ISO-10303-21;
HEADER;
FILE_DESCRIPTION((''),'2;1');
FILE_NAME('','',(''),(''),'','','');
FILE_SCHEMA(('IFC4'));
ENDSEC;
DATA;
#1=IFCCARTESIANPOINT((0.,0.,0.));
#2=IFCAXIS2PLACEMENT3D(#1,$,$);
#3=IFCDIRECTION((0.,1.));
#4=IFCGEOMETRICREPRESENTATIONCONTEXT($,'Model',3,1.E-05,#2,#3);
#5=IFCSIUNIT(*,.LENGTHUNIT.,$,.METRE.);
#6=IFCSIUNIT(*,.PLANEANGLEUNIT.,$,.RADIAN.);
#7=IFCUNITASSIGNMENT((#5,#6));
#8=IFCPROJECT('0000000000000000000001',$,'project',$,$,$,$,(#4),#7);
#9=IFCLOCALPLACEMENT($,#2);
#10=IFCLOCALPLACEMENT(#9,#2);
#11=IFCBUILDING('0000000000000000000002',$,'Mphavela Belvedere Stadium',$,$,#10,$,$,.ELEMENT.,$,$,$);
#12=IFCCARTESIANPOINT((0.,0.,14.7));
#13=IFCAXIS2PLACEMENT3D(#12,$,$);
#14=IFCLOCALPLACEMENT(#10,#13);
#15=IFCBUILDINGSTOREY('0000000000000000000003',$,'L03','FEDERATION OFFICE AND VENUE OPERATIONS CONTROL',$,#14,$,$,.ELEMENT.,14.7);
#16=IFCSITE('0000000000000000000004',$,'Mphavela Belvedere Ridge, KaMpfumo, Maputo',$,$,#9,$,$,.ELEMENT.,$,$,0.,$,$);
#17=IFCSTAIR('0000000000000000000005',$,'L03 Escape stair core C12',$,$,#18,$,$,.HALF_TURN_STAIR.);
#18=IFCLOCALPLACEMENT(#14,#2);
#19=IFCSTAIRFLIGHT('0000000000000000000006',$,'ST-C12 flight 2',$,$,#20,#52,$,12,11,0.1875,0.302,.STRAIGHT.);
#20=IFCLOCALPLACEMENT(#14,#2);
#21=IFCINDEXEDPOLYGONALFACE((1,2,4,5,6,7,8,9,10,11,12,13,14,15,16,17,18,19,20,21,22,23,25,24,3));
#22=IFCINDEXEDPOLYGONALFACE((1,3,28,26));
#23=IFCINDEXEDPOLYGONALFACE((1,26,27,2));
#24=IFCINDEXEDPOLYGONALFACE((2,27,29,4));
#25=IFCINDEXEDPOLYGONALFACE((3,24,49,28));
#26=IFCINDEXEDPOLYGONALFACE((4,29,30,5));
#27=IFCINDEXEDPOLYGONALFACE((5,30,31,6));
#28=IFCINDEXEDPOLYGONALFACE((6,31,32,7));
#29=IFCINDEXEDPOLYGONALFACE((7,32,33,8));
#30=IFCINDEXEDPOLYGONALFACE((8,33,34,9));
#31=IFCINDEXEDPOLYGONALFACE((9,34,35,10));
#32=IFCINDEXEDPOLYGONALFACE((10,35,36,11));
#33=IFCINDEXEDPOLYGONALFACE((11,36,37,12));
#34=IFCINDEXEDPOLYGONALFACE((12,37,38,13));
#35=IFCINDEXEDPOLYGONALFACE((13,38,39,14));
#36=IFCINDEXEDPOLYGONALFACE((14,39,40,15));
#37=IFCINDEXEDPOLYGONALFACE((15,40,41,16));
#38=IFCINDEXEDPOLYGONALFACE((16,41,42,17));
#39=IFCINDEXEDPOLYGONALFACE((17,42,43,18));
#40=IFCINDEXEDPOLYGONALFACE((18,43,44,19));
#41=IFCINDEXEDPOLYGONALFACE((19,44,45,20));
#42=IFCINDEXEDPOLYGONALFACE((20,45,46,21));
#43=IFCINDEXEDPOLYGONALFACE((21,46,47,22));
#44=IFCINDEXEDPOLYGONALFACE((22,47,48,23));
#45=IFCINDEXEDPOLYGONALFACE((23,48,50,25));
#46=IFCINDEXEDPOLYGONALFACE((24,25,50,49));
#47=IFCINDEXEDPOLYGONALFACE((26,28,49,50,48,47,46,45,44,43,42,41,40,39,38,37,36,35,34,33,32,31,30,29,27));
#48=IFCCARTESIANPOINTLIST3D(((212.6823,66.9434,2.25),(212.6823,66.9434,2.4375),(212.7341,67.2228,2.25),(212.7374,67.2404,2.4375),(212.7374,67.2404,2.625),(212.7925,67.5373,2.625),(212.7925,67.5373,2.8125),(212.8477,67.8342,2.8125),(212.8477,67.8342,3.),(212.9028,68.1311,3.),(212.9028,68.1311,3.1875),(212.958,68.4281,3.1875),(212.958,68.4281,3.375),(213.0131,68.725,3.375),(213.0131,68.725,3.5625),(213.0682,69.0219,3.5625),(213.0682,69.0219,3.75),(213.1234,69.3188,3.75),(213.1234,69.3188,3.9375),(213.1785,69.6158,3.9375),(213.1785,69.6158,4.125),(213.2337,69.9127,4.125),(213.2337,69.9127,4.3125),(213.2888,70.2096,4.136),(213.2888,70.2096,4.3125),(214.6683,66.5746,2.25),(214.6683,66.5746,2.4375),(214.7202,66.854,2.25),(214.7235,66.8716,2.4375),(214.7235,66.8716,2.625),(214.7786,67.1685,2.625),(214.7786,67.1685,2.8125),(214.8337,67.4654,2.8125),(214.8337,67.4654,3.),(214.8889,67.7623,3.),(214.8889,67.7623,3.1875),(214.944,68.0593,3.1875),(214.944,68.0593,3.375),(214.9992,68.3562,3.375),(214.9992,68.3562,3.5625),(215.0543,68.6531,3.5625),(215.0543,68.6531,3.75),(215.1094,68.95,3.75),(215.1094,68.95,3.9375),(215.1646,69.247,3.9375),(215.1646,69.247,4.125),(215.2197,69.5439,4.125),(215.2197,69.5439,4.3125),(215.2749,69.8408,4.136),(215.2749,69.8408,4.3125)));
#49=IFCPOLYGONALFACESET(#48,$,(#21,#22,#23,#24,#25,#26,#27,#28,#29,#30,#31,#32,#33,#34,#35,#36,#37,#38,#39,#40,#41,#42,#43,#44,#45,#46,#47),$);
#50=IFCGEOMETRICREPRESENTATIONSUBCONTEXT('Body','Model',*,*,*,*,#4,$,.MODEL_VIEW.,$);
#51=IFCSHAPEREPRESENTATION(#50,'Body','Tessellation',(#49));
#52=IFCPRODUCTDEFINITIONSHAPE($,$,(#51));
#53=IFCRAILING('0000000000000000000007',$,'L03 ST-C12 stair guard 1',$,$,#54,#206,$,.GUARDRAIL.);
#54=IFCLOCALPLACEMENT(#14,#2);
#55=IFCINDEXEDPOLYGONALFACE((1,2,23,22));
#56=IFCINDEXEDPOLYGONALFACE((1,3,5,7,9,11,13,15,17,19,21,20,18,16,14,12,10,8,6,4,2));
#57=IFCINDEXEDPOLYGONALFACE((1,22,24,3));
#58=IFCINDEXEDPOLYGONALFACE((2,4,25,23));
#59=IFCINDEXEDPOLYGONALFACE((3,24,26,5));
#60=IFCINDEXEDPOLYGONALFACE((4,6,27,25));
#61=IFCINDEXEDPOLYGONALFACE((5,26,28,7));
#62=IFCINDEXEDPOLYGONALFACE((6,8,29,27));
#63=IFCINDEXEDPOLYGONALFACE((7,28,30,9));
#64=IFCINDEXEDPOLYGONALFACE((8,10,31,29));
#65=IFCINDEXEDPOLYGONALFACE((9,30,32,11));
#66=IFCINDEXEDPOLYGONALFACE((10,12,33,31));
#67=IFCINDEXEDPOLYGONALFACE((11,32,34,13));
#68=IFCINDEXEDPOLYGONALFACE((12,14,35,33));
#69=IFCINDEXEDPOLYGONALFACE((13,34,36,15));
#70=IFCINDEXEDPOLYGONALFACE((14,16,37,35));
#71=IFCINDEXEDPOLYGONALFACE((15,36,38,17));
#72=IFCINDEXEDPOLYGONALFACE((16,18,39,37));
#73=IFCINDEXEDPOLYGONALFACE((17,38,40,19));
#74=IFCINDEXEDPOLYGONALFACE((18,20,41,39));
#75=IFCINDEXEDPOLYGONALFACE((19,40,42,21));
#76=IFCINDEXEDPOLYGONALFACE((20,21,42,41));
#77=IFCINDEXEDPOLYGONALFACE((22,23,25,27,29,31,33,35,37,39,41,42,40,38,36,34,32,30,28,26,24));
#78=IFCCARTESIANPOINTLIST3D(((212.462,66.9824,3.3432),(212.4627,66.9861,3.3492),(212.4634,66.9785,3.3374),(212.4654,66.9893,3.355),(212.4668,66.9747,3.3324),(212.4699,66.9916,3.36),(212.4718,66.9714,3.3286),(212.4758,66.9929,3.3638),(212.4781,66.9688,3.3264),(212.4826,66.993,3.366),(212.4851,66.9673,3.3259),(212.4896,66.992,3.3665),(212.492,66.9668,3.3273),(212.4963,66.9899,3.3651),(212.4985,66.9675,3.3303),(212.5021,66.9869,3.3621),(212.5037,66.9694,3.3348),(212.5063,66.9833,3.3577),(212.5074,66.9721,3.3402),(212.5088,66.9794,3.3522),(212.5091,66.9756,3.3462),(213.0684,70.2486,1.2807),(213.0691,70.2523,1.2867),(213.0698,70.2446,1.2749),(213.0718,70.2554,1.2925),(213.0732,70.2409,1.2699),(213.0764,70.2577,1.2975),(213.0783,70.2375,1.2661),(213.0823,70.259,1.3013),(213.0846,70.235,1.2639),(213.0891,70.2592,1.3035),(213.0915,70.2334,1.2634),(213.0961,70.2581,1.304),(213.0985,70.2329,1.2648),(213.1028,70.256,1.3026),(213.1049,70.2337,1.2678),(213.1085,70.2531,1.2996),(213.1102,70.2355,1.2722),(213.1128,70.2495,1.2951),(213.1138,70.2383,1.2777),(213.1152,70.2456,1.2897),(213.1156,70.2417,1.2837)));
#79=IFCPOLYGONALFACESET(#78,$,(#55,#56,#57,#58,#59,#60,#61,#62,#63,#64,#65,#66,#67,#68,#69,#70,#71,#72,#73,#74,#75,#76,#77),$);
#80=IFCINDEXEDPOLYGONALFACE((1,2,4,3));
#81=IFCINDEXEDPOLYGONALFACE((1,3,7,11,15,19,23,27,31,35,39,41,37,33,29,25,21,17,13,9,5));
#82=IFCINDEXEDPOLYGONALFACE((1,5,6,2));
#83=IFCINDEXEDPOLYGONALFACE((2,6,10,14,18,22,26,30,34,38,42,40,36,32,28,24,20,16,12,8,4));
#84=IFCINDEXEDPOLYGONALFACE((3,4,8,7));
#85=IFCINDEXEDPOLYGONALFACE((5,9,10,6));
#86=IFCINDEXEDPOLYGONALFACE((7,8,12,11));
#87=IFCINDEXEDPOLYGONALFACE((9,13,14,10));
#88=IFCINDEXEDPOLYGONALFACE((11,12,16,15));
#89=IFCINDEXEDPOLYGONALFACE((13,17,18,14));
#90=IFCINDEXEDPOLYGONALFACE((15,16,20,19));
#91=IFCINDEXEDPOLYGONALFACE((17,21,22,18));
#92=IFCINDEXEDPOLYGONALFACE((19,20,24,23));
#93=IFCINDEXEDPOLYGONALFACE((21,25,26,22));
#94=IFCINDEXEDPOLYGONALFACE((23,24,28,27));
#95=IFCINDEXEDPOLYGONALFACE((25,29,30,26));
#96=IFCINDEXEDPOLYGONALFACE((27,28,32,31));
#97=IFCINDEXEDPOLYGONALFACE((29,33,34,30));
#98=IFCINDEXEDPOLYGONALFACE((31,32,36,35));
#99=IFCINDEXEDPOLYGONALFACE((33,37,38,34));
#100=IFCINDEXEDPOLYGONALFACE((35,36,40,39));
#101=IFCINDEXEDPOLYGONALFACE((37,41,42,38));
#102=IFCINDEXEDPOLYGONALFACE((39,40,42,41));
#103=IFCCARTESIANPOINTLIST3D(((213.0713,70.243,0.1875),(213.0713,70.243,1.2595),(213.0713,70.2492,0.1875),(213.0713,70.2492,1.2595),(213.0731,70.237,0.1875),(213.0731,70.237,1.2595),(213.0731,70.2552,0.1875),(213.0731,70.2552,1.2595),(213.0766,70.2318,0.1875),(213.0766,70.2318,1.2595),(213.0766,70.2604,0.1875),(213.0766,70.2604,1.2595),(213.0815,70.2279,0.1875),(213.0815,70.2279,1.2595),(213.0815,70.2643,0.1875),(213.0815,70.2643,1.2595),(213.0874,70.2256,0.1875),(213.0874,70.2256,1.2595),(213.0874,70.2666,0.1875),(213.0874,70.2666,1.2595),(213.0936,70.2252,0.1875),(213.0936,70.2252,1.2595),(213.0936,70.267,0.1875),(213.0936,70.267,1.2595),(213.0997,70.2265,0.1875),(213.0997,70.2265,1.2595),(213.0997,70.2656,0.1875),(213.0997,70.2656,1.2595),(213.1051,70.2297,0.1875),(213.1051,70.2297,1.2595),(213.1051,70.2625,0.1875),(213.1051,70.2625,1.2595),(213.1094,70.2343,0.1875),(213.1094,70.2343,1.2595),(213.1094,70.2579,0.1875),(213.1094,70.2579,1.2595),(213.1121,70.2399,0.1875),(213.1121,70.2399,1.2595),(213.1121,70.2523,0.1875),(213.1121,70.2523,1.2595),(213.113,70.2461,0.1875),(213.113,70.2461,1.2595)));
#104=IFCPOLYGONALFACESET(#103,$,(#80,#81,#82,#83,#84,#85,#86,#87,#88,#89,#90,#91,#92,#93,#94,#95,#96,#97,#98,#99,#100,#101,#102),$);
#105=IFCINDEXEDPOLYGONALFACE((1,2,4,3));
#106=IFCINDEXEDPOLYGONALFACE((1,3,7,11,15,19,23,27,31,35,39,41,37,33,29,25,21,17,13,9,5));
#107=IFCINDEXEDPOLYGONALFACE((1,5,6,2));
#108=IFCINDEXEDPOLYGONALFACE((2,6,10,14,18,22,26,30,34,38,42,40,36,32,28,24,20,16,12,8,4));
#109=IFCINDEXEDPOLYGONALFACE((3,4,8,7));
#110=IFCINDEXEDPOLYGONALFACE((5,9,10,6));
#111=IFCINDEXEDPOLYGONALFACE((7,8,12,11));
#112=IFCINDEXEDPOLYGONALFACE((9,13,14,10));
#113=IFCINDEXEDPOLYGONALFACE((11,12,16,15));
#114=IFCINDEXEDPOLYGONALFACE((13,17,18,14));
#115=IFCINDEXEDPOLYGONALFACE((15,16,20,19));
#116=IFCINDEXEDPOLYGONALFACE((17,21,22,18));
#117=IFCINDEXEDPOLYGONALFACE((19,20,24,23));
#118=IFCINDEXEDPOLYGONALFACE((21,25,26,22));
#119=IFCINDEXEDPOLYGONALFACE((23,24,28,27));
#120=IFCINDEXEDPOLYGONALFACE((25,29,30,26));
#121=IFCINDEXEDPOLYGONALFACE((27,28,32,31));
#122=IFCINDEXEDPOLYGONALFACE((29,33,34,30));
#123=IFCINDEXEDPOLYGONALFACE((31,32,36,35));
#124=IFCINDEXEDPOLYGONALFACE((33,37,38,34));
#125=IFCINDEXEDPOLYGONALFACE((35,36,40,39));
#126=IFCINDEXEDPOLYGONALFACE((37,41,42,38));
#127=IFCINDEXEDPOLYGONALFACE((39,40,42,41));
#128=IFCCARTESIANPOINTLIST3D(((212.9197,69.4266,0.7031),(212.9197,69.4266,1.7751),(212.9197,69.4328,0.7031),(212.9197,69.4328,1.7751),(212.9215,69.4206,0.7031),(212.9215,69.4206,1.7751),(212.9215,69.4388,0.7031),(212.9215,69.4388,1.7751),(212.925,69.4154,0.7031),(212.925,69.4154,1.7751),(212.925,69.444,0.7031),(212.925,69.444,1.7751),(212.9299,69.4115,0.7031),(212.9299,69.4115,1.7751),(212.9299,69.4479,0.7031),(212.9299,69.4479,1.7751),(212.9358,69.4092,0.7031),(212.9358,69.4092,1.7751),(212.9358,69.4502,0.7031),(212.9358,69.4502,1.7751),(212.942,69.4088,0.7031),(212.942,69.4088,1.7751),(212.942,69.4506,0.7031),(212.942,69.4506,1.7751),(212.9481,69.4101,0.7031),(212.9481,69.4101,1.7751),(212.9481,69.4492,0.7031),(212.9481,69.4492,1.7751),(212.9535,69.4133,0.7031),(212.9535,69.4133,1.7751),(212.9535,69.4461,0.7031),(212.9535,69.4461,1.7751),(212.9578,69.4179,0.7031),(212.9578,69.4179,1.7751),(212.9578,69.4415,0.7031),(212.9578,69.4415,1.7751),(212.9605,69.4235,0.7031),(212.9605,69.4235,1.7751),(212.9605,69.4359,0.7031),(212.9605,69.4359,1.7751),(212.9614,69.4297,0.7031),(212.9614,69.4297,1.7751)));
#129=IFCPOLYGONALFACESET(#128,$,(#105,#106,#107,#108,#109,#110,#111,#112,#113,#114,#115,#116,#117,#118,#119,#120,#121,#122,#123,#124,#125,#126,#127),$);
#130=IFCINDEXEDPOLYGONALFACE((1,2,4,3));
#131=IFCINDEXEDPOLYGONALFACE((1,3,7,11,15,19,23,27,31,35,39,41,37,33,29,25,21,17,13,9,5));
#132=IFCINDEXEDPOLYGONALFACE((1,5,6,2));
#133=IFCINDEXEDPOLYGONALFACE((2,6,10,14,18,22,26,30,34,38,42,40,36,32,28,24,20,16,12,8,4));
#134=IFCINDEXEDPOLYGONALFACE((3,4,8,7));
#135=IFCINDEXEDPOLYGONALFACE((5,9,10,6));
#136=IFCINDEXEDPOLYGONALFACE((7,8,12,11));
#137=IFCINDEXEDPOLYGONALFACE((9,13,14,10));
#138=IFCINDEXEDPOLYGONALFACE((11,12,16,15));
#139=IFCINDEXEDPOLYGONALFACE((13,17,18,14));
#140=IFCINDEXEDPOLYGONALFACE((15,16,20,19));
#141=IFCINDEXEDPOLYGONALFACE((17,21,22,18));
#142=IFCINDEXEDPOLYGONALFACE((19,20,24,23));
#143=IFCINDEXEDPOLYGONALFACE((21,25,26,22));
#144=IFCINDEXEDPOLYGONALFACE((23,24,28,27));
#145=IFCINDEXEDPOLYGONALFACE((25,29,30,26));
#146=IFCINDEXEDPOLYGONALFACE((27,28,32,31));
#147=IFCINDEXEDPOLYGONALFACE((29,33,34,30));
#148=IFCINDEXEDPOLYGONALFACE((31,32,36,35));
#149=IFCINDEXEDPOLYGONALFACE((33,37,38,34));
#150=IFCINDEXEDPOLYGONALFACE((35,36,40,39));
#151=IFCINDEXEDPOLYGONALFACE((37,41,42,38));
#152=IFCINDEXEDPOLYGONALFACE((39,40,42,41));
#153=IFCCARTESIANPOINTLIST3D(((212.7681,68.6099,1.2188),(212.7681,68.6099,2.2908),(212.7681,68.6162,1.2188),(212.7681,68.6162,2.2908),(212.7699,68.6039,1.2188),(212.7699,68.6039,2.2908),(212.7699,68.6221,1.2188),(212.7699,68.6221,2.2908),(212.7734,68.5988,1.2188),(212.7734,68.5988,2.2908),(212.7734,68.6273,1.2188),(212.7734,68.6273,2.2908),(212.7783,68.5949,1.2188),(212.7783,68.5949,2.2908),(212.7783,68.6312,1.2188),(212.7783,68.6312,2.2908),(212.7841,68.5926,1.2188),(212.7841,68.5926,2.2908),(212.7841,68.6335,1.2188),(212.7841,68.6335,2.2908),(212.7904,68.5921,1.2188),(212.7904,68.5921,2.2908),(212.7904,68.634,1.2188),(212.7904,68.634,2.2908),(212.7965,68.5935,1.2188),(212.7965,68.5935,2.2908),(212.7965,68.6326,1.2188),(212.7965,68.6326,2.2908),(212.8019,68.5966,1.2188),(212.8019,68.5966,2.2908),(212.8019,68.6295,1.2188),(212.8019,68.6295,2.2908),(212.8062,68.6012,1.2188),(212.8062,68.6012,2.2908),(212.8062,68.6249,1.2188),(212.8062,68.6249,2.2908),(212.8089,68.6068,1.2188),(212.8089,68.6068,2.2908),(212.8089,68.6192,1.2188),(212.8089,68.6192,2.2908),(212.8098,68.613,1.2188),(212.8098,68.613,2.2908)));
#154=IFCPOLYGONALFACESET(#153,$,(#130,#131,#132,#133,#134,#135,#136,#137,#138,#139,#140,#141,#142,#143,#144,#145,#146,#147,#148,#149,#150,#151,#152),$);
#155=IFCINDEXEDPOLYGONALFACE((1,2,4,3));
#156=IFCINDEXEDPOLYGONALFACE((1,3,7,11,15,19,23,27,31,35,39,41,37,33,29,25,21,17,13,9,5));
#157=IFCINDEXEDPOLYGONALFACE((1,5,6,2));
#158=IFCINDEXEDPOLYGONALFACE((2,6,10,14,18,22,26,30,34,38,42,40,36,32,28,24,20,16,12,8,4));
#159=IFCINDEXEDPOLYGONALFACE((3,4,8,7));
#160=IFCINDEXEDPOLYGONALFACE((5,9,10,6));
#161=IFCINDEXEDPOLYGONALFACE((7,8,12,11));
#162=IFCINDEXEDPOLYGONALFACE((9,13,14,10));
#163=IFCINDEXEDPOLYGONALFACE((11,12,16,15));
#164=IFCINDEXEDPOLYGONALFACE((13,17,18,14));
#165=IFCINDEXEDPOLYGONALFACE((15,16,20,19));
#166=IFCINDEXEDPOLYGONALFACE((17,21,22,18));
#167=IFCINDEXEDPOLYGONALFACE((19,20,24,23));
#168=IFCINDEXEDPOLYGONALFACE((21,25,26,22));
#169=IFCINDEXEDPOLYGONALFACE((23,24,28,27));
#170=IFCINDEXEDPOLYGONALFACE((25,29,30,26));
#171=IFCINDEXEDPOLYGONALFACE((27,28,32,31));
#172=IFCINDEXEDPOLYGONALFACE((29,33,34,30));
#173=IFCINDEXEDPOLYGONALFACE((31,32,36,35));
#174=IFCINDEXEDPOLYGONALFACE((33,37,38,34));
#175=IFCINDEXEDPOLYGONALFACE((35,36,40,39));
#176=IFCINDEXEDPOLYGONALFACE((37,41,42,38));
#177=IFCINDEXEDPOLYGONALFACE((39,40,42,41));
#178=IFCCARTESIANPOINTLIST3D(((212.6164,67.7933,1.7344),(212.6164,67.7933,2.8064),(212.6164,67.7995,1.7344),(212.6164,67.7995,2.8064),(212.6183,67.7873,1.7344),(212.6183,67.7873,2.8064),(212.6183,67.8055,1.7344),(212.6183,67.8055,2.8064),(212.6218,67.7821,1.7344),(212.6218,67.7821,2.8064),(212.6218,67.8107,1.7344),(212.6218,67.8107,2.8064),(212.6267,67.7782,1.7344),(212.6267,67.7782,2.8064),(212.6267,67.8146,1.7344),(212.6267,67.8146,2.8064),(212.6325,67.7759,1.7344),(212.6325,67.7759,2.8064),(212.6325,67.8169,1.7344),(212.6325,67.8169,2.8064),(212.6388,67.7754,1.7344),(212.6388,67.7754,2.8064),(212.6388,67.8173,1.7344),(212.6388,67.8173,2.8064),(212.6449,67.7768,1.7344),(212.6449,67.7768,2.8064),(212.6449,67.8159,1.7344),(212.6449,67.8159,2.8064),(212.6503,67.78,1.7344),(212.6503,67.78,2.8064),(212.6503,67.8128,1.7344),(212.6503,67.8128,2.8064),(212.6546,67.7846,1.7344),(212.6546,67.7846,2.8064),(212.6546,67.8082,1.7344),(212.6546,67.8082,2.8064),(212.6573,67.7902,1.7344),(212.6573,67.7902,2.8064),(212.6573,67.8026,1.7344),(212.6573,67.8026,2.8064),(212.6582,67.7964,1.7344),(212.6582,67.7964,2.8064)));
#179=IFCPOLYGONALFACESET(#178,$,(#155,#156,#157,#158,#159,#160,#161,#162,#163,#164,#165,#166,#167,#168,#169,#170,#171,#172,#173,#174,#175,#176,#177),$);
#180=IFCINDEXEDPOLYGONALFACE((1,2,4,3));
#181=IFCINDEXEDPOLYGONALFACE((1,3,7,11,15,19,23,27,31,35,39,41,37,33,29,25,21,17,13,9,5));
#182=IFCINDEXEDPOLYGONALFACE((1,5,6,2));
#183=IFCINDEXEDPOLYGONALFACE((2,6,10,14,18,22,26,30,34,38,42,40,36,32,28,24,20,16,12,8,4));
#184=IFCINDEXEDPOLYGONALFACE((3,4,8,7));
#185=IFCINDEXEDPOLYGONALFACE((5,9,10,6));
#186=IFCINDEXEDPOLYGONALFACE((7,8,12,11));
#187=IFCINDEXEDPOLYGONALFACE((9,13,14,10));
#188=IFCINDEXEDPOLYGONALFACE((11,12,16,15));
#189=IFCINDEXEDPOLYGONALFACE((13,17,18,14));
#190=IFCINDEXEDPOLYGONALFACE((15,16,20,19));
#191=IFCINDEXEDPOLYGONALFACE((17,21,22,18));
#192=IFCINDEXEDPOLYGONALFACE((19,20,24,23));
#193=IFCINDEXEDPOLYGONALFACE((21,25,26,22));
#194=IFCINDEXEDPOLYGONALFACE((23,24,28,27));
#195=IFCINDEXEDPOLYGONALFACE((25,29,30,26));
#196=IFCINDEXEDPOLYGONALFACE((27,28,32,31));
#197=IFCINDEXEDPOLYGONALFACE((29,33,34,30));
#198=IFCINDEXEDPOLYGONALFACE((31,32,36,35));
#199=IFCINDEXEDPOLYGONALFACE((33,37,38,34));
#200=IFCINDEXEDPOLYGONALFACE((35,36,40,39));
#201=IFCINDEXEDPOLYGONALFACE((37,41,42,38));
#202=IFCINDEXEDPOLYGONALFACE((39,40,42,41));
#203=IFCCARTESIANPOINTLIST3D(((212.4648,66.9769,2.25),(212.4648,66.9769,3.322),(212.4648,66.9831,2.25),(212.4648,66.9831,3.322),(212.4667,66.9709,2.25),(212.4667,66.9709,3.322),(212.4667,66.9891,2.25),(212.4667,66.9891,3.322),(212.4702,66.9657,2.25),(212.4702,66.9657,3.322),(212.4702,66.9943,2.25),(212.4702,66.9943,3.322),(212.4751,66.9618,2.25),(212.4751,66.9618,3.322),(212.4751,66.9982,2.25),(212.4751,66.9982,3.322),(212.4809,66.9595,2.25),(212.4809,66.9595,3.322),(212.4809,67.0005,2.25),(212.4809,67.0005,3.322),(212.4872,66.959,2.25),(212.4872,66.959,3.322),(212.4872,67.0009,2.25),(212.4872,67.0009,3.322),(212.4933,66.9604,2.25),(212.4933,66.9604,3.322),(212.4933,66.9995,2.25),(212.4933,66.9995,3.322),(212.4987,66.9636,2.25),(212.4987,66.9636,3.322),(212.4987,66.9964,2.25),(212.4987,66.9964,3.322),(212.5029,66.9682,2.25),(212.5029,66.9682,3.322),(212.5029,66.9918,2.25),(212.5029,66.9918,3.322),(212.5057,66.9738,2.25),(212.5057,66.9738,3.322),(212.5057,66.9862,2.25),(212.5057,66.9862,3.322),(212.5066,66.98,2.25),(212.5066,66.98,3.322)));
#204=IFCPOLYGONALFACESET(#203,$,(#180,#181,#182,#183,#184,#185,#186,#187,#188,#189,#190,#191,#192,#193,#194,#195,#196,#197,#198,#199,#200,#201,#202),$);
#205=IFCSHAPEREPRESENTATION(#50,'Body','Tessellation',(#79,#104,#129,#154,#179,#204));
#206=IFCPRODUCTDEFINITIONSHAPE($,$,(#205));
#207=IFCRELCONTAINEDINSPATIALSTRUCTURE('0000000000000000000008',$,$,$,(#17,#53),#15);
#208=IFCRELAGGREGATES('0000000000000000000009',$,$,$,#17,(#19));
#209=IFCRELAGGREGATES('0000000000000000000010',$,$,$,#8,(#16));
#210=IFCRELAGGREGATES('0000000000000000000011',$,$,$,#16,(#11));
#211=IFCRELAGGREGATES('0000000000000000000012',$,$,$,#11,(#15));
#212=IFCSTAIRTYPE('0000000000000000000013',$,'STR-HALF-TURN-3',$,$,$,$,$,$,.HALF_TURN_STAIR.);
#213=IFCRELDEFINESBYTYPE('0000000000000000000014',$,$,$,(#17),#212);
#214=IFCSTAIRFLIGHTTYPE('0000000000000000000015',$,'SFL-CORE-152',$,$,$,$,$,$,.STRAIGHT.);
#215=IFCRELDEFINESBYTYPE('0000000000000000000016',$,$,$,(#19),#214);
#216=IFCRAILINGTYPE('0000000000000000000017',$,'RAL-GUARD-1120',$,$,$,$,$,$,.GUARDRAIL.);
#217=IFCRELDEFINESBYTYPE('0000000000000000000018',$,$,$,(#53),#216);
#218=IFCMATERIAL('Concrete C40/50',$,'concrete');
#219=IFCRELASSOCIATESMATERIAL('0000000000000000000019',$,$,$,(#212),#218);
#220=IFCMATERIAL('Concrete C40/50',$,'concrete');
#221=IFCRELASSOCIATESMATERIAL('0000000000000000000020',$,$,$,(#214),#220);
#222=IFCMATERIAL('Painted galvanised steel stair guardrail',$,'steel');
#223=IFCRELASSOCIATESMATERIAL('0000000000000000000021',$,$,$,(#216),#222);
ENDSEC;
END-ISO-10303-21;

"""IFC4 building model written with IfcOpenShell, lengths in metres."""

from ifc_helpers import new_model, si_unit, direction, frame, origin, origin_2d, place, context, subcontext, project, spatial, polyline, circle, outline, extrude, material, type_object, element, aggregate, save


model = new_model("IFC4")

# Units and contexts
model_context = context("Model", 3, precision=1e-05, world=origin(), true_north=direction((0.0, 1.0)))
body_context = subcontext(model_context, "Body", "Model", "MODEL_VIEW")
ifc_project = project(units=[si_unit("LENGTHUNIT", "METRE"), si_unit("PLANEANGLEUNIT", "RADIAN")], contexts=[model_context])

# Site, building, storey
site_placement = place(None, origin())
site = spatial("IfcSite", under=ifc_project, at=site_placement, Name="Mphavela Belvedere Ridge, KaMpfumo, Maputo", CompositionType="ELEMENT", RefElevation=0.0)
building_placement = place(site_placement, origin())
building = spatial("IfcBuilding", under=site, at=building_placement, Name="Mphavela Belvedere Stadium", CompositionType="ELEMENT")
storey_placement = place(building_placement, frame((0.0, 0.0, 14.7)))
storey = spatial("IfcBuildingStorey", under=building, at=storey_placement, Name="L03", Description="FEDERATION OFFICE AND VENUE OPERATIONS CONTROL", CompositionType="ELEMENT", Elevation=14.7)

# Stair, stair flight
ifc_material_1 = material(Name="Concrete C40/50", Category="concrete")
stair_type = type_object("IfcStairType", Name="STR-HALF-TURN-3", PredefinedType="HALF_TURN_STAIR", material=ifc_material_1)
stair_placement = place(storey_placement, origin())
stair = element("IfcStair", 1, at=stair_placement, inside=storey, type_object=stair_type, Name="L03 Escape stair core C12", PredefinedType="HALF_TURN_STAIR")
ifc_material_2 = material(Name="Concrete C40/50", Category="concrete")
stair_flight_type = type_object("IfcStairFlightType", Name="SFL-CORE-152", PredefinedType="STRAIGHT", material=ifc_material_2)
stair_flight_1_placement = place(storey_placement, frame((213.6753, 66.759, 2.25), z_axis=(0.0, 0.0, 1.0), x_axis=(0.182579, 0.983191, 0.0)))
stair_flight_1 = element("IfcStairFlight", 2, at=stair_flight_1_placement, type_object=stair_flight_type, Name="ST-C12 flight 2", NumberOfRisers=12, NumberOfTreads=11, PredefinedType="STRAIGHT", RiserHeight=0.1875, TreadLength=0.302, context=body_context, shape_type="SweptSolid", body=[
    extrude(outline(polyline([(0.0, 0.0), (0.0, 0.1875), (0.302, 0.1875), (0.302, 0.375), (0.604, 0.375), (0.604, 0.5625), (0.906, 0.5625), (0.906, 0.75), (1.208, 0.75), (1.208, 0.9375), (1.51, 0.9375), (1.51, 1.125), (1.812, 1.125), (1.812, 1.3125), (2.114, 1.3125), (2.114, 1.5), (2.416, 1.5), (2.416, 1.6875), (2.718, 1.6875), (2.718, 1.875), (3.02, 1.875), (3.02, 2.0625), (3.322, 2.0625), (3.322, 2.25), (3.322, 1.886), (0.2842, 0.0), (0.0, 0.0)])), frame((0.0, 1.01, 0.0), z_axis=(0.0, -1.0, 0.0), x_axis=(1.0, 0.0, 0.0)), (0.0, 0.0, 1.0), 2.02),
])
aggregate(stair, [stair_flight_1])

# Railing
ifc_material_3 = material(Name="Painted galvanised steel stair guardrail", Category="steel")
railing_type_1 = type_object("IfcRailingType", Name="RAL-GUARD-1120", PredefinedType="GUARDRAIL", material=ifc_material_3)
railing_1_placement = place(storey_placement, frame((213.092, 70.2461, 0.1875)))
element("IfcRailing", 3, at=railing_1_placement, inside=storey, type_object=railing_type_1, Name="L03 ST-C12 stair guard 1", PredefinedType="GUARDRAIL", context=body_context, shape_type="SweptSolid", body=[
    extrude(circle(Radius=0.0239, at=origin_2d()), frame((0.0, 0.0, 1.0962), z_axis=(-0.155096, -0.835294, 0.527475), x_axis=(0.983195, -0.182558, 0.0)), (0.0, 0.0, 1.0), 3.9102),
    extrude(circle(Radius=0.021, at=origin_2d()), origin(), (0.0, 0.0, 1.0), 1.072),
    extrude(circle(Radius=0.021, at=origin_2d()), frame((-0.1516, -0.8164, 0.5156)), (0.0, 0.0, 1.0), 1.072),
    extrude(circle(Radius=0.021, at=origin_2d()), frame((-0.3032, -1.6331, 1.0312)), (0.0, 0.0, 1.0), 1.072),
    extrude(circle(Radius=0.021, at=origin_2d()), frame((-0.4548, -2.4497, 1.5469)), (0.0, 0.0, 1.0), 1.072),
    extrude(circle(Radius=0.021, at=origin_2d()), frame((-0.6064, -3.2661, 2.0625)), (0.0, 0.0, 1.0), 1.072),
])

save(model, "model.ifc")
